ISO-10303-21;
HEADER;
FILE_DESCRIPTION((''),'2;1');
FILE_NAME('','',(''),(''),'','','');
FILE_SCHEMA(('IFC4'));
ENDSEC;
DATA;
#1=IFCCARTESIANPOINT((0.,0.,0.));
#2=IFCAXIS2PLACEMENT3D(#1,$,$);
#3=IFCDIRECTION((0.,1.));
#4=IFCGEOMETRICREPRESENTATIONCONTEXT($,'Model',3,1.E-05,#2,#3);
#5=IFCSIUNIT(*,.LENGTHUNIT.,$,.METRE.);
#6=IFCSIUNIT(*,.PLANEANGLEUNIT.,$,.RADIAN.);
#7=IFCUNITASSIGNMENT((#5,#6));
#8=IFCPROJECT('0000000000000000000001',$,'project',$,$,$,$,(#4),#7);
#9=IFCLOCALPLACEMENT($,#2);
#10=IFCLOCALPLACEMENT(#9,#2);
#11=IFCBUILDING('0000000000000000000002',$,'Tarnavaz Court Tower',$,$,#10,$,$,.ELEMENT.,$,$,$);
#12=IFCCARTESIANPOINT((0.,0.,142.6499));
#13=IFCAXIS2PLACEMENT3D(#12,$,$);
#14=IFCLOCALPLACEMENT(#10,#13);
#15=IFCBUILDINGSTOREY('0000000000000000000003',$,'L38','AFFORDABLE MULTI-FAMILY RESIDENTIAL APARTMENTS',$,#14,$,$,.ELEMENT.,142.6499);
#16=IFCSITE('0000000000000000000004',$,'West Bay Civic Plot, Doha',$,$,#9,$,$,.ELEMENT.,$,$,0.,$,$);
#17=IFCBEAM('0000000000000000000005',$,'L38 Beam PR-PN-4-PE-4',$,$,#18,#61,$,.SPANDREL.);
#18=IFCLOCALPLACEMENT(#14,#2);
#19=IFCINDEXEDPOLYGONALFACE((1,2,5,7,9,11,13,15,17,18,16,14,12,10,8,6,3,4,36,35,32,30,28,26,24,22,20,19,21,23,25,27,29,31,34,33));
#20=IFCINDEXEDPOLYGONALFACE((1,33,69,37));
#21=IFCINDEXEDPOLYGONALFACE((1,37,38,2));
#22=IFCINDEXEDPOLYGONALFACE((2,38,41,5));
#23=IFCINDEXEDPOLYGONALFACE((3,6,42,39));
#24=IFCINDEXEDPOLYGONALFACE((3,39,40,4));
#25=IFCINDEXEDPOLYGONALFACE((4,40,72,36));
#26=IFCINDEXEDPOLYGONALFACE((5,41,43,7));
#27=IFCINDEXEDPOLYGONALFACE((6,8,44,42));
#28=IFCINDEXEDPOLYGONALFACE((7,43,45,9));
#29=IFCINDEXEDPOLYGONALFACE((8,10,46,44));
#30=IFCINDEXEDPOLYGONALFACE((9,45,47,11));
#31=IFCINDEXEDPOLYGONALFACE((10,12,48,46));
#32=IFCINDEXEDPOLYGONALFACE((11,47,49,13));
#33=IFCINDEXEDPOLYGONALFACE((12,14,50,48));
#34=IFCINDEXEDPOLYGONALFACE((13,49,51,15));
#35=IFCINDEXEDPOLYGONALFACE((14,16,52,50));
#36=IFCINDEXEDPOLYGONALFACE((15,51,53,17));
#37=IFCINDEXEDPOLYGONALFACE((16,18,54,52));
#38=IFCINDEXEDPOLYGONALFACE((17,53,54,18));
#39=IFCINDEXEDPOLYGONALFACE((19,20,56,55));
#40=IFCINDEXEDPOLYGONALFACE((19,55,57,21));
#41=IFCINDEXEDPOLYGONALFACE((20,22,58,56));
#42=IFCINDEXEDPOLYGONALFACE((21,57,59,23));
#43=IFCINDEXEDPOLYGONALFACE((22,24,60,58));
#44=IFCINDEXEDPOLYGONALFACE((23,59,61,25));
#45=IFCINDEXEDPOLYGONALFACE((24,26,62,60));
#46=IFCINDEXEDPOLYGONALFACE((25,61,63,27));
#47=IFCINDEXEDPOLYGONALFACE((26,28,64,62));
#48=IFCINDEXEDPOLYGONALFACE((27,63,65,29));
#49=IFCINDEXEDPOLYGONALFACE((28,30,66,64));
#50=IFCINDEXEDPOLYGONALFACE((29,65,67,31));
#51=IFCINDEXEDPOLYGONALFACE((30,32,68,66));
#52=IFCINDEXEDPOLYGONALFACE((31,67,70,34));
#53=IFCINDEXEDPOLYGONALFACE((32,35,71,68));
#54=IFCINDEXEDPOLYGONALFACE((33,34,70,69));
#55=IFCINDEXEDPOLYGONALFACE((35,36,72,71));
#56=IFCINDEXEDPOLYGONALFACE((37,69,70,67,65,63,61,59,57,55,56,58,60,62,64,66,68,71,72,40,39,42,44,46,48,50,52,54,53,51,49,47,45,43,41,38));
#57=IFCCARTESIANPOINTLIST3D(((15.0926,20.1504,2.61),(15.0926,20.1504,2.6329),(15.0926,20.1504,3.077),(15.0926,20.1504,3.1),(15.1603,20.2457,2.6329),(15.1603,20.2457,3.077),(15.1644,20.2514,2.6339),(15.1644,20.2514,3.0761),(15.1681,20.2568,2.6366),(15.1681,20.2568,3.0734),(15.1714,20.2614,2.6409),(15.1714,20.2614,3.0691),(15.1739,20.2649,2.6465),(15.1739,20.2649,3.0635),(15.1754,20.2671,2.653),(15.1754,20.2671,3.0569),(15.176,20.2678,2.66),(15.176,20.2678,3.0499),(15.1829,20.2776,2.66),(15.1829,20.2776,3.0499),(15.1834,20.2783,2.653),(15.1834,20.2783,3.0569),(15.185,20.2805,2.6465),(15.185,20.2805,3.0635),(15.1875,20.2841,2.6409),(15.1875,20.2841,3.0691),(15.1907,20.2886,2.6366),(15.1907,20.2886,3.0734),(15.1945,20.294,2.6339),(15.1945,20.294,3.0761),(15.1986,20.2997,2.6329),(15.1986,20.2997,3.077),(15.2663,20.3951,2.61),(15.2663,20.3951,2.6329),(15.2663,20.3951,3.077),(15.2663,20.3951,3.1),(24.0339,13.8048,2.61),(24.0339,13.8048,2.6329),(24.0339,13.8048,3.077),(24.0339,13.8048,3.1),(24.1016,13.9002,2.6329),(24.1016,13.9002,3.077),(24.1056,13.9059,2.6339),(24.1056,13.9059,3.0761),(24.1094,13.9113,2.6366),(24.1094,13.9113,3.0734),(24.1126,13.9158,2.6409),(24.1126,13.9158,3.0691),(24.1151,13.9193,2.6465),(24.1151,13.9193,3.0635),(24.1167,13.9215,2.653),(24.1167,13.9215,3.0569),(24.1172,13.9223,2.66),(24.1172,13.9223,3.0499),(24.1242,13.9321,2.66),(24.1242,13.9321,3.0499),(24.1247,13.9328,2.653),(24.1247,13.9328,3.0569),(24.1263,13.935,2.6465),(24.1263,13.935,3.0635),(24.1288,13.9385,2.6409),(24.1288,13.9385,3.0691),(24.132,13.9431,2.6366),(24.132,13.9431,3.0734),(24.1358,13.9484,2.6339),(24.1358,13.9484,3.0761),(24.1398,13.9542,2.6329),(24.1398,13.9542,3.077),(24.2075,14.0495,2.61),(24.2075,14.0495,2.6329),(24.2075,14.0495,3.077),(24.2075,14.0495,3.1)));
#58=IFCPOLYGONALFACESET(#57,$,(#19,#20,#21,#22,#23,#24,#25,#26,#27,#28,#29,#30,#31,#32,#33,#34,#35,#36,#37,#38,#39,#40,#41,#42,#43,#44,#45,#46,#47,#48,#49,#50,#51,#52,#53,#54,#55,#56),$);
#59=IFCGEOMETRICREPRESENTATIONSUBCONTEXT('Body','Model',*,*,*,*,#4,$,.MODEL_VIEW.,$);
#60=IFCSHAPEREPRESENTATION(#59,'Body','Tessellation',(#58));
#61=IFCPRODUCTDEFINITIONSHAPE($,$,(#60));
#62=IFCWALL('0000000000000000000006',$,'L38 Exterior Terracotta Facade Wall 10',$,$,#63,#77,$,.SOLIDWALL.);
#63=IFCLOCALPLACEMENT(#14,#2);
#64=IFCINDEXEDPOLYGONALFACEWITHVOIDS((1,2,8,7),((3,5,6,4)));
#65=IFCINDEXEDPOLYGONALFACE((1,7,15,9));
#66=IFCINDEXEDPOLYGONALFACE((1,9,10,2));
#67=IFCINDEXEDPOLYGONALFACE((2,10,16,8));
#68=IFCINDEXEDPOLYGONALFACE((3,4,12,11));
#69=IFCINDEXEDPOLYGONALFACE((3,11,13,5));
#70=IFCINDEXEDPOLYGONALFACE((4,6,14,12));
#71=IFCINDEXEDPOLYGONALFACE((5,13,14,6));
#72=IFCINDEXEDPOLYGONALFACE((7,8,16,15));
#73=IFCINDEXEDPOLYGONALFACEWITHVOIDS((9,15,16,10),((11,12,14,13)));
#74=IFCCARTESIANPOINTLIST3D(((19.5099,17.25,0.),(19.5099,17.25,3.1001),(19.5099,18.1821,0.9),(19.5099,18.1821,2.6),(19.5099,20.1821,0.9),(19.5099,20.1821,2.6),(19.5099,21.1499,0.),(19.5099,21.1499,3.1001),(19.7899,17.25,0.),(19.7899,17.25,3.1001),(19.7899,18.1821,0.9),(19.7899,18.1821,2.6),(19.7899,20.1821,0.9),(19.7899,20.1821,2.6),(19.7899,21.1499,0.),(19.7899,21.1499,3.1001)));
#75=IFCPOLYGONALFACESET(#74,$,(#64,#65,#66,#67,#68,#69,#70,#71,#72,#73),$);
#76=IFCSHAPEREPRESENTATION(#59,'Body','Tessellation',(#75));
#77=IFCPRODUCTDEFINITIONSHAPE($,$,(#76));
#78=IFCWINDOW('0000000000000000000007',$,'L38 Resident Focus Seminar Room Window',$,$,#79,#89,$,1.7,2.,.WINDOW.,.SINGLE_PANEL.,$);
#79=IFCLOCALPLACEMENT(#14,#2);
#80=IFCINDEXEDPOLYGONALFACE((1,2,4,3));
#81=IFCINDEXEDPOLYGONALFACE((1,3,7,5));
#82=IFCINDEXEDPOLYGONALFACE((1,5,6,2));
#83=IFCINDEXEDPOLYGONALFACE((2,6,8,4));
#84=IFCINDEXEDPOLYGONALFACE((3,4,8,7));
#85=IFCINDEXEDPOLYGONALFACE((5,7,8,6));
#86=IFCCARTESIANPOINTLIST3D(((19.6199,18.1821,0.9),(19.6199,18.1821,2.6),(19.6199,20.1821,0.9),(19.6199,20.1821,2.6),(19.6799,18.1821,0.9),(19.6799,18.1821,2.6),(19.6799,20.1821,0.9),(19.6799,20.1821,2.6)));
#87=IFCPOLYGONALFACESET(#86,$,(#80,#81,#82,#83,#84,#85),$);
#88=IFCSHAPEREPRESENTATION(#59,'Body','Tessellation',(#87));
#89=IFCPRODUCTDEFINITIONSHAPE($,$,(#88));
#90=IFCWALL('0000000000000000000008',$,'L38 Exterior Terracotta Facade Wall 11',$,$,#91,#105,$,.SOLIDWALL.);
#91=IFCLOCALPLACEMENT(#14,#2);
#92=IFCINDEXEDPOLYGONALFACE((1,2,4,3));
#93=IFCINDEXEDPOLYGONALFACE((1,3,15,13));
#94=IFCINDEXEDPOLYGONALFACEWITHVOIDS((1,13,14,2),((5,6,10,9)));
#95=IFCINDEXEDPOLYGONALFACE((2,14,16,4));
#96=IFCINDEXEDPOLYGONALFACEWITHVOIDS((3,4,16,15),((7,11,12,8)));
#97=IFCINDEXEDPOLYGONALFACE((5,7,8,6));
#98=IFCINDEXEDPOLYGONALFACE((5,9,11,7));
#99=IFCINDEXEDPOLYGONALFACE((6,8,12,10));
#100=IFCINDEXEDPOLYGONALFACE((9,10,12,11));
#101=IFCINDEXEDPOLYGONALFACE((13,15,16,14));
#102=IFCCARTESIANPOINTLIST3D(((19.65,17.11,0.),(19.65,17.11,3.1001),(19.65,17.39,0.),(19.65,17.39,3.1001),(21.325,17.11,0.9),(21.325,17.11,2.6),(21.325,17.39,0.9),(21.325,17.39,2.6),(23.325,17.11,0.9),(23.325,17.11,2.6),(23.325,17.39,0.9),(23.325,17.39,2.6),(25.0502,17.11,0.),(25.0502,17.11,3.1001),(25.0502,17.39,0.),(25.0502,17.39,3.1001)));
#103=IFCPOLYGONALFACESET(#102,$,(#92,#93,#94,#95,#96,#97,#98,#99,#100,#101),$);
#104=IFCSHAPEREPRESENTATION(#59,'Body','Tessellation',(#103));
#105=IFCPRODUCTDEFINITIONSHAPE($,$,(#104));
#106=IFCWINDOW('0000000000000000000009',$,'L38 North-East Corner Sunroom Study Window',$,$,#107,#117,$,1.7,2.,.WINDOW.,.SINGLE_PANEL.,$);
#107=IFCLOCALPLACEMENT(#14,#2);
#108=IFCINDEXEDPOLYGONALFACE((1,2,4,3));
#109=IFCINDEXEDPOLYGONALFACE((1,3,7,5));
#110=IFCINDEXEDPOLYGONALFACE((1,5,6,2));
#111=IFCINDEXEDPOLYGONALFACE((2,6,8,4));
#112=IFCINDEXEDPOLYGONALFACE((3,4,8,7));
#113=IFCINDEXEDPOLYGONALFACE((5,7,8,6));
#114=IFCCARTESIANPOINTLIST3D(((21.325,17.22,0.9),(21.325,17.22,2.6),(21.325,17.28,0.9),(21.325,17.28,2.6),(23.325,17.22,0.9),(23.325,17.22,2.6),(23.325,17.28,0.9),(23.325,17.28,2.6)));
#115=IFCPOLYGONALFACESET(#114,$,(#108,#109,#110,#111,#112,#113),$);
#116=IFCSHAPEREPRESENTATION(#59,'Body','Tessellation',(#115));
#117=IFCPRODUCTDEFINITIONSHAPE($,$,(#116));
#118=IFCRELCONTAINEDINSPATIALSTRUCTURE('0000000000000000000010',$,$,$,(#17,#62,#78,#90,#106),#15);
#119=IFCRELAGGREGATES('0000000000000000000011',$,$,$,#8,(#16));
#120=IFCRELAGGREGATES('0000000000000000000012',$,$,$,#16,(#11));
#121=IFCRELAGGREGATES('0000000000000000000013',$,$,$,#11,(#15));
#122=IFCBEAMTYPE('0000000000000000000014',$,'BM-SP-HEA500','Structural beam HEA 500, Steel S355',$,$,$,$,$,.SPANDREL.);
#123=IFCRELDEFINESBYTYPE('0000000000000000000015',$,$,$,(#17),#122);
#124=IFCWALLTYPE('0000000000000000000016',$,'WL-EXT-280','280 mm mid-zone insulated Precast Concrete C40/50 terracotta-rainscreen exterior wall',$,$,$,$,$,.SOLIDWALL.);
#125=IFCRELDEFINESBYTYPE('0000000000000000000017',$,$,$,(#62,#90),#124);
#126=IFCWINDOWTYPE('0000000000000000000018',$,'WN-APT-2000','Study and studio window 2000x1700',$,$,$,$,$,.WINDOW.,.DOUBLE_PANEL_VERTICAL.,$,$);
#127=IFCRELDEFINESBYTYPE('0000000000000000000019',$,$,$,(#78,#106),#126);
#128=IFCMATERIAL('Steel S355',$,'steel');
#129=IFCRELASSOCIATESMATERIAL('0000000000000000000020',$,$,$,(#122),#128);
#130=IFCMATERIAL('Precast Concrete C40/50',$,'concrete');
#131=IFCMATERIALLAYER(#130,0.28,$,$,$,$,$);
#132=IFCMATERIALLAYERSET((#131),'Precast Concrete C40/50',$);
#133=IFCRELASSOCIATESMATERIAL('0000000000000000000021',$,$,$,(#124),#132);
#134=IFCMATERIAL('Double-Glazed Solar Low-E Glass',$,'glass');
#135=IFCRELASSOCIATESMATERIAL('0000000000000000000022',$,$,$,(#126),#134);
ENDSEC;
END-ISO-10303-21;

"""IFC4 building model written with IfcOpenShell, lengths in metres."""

from ifc_helpers import new_model, si_unit, direction, frame, frame_2d, origin, origin_2d, place, context, subcontext, project, spatial, rectangle, i_section, extrude, material, layer, layer_set, material_profile, profile_set, type_object, element, fill, save


model = new_model("IFC4")

# Units and contexts
model_context = context("Model", 3, precision=1e-05, world=origin(), true_north=direction((0.0, 1.0)))
body_context = subcontext(model_context, "Body", "Model", "MODEL_VIEW")
ifc_project = project(units=[si_unit("LENGTHUNIT", "METRE"), si_unit("PLANEANGLEUNIT", "RADIAN")], contexts=[model_context])

# Site, building, storey
site_placement = place(None, origin())
site = spatial("IfcSite", under=ifc_project, at=site_placement, Name="West Bay Civic Plot, Doha", CompositionType="ELEMENT", RefElevation=0.0)
building_placement = place(site_placement, origin())
building = spatial("IfcBuilding", under=site, at=building_placement, Name="Tarnavaz Court Tower", CompositionType="ELEMENT")
storey_placement = place(building_placement, frame((0.0, 0.0, 142.6499)))
storey = spatial("IfcBuildingStorey", under=building, at=storey_placement, Name="L38", Description="AFFORDABLE MULTI-FAMILY RESIDENTIAL APARTMENTS", CompositionType="ELEMENT", Elevation=142.6499)

# Beam
ifc_material_1 = material(Name="Steel S355", Category="steel")
ifc_material_profile_1 = material_profile(ifc_material_1, i_section(OverallWidth=0.3, OverallDepth=0.49, WebThickness=0.012, FlangeThickness=0.0229, FilletRadius=0.0271, at=origin_2d()), Name="HEA 500")
ifc_profile_set_1 = profile_set([ifc_material_profile_1], Name="Steel S355")
beam_type_1 = type_object("IfcBeamType", Name="BM-SP-HEA500", Description="Structural beam HEA 500, Steel S355", PredefinedType="SPANDREL", material=ifc_profile_set_1)
beam_1_placement = place(storey_placement, frame((15.1794, 20.2727, 2.855), z_axis=(0.815502, -0.578754, 0.0), x_axis=(0.578754, 0.815502, 0.0)))
element("IfcBeam", 1, at=beam_1_placement, inside=storey, type_object=beam_type_1, Name="L38 Beam PR-PN-4-PE-4", PredefinedType="SPANDREL", context=body_context, shape_type="SweptSolid", body=[
    extrude(i_section(OverallWidth=0.3, OverallDepth=0.49, WebThickness=0.012, FlangeThickness=0.0229, FilletRadius=0.0271, at=origin_2d()), origin(), (0.0, 0.0, 1.0), 10.9641),
])

# Walls, openings, windows
ifc_material_2 = material(Name="Precast Concrete C40/50", Category="concrete")
ifc_layer_1 = layer(ifc_material_2, 0.28)
ifc_layer_set_1 = layer_set([ifc_layer_1], Name="Precast Concrete C40/50")
wall_type_1 = type_object("IfcWallType", Name="WL-EXT-280", Description="280 mm mid-zone insulated Precast Concrete C40/50 terracotta-rainscreen exterior wall", PredefinedType="SOLIDWALL", material=ifc_layer_set_1)
wall_1_placement = place(storey_placement, frame((19.6499, 21.1499, 0.0), z_axis=(0.0, 0.0, 1.0), x_axis=(0.0, -1.0, 0.0)))
wall_1 = element("IfcWall", 2, at=wall_1_placement, inside=storey, type_object=wall_type_1, Name="L38 Exterior Terracotta Facade Wall 10", PredefinedType="SOLIDWALL", context=body_context, shape_type="SweptSolid", body=[
    extrude(rectangle(XDim=3.8999, YDim=0.28, at=frame_2d((1.95, 0.0))), origin(), (0.0, 0.0, 1.0), 3.1001),
])
opening_1_placement = place(wall_1_placement, frame((0.9678, 0.0, 0.8999)))
opening_1 = element("IfcOpeningElement", 3, at=opening_1_placement, cuts=wall_1, PredefinedType="OPENING", context=body_context, shape_type="SweptSolid", body=[
    extrude(rectangle(XDim=2.0, YDim=1.7, at=frame_2d((1.0, 0.8501))), frame((0.0, 0.1499, 0.0), z_axis=(0.0, -1.0, 0.0), x_axis=(1.0, 0.0, 0.0)), (0.0, 0.0, 1.0), 0.3),
])
ifc_material_3 = material(Name="Double-Glazed Solar Low-E Glass", Category="glass")
window_type_1 = type_object("IfcWindowType", Name="WN-APT-2000", Description="Study and studio window 2000x1700", PartitioningType="DOUBLE_PANEL_VERTICAL", PredefinedType="WINDOW", material=ifc_material_3)
window_1_placement = place(opening_1_placement, origin())
window_1 = element("IfcWindow", 4, at=window_1_placement, inside=storey, type_object=window_type_1, Name="L38 Resident Focus Seminar Room Window", OverallHeight=1.7, OverallWidth=2.0, PartitioningType="SINGLE_PANEL", PredefinedType="WINDOW", context=body_context, shape_type="SweptSolid", body=[
    extrude(rectangle(XDim=2.0, YDim=1.7, at=frame_2d((1.0, 0.8501))), frame((0.0, 0.03, 0.0), z_axis=(0.0, -1.0, 0.0), x_axis=(1.0, 0.0, 0.0)), (0.0, 0.0, 1.0), 0.0601),
])
fill(opening_1, window_1)
wall_2_placement = place(storey_placement, frame((19.6499, 17.25, 0.0), z_axis=(0.0, 0.0, 1.0), x_axis=(1.0, 0.0, 0.0)))
wall_2 = element("IfcWall", 5, at=wall_2_placement, inside=storey, type_object=wall_type_1, Name="L38 Exterior Terracotta Facade Wall 11", PredefinedType="SOLIDWALL", context=body_context, shape_type="SweptSolid", body=[
    extrude(rectangle(XDim=5.4001, YDim=0.28, at=frame_2d((2.7002, 0.0))), origin(), (0.0, 0.0, 1.0), 3.1001),
])
opening_2_placement = place(wall_2_placement, frame((1.675, 0.0, 0.8999)))
opening_2 = element("IfcOpeningElement", 6, at=opening_2_placement, cuts=wall_2, PredefinedType="OPENING", context=body_context, shape_type="SweptSolid", body=[
    extrude(rectangle(XDim=2.0, YDim=1.7, at=frame_2d((1.0, 0.8501))), frame((0.0, 0.1499, 0.0), z_axis=(0.0, -1.0, 0.0), x_axis=(1.0, 0.0, 0.0)), (0.0, 0.0, 1.0), 0.3),
])
window_2_placement = place(opening_2_placement, origin())
window_2 = element("IfcWindow", 7, at=window_2_placement, inside=storey, type_object=window_type_1, Name="L38 North-East Corner Sunroom Study Window", OverallHeight=1.7, OverallWidth=2.0, PartitioningType="SINGLE_PANEL", PredefinedType="WINDOW", context=body_context, shape_type="SweptSolid", body=[
    extrude(rectangle(XDim=2.0, YDim=1.7, at=frame_2d((1.0, 0.8501))), frame((0.0, 0.03, 0.0), z_axis=(0.0, -1.0, 0.0), x_axis=(1.0, 0.0, 0.0)), (0.0, 0.0, 1.0), 0.0601),
])
fill(opening_2, window_2)

save(model, "model.ifc")
